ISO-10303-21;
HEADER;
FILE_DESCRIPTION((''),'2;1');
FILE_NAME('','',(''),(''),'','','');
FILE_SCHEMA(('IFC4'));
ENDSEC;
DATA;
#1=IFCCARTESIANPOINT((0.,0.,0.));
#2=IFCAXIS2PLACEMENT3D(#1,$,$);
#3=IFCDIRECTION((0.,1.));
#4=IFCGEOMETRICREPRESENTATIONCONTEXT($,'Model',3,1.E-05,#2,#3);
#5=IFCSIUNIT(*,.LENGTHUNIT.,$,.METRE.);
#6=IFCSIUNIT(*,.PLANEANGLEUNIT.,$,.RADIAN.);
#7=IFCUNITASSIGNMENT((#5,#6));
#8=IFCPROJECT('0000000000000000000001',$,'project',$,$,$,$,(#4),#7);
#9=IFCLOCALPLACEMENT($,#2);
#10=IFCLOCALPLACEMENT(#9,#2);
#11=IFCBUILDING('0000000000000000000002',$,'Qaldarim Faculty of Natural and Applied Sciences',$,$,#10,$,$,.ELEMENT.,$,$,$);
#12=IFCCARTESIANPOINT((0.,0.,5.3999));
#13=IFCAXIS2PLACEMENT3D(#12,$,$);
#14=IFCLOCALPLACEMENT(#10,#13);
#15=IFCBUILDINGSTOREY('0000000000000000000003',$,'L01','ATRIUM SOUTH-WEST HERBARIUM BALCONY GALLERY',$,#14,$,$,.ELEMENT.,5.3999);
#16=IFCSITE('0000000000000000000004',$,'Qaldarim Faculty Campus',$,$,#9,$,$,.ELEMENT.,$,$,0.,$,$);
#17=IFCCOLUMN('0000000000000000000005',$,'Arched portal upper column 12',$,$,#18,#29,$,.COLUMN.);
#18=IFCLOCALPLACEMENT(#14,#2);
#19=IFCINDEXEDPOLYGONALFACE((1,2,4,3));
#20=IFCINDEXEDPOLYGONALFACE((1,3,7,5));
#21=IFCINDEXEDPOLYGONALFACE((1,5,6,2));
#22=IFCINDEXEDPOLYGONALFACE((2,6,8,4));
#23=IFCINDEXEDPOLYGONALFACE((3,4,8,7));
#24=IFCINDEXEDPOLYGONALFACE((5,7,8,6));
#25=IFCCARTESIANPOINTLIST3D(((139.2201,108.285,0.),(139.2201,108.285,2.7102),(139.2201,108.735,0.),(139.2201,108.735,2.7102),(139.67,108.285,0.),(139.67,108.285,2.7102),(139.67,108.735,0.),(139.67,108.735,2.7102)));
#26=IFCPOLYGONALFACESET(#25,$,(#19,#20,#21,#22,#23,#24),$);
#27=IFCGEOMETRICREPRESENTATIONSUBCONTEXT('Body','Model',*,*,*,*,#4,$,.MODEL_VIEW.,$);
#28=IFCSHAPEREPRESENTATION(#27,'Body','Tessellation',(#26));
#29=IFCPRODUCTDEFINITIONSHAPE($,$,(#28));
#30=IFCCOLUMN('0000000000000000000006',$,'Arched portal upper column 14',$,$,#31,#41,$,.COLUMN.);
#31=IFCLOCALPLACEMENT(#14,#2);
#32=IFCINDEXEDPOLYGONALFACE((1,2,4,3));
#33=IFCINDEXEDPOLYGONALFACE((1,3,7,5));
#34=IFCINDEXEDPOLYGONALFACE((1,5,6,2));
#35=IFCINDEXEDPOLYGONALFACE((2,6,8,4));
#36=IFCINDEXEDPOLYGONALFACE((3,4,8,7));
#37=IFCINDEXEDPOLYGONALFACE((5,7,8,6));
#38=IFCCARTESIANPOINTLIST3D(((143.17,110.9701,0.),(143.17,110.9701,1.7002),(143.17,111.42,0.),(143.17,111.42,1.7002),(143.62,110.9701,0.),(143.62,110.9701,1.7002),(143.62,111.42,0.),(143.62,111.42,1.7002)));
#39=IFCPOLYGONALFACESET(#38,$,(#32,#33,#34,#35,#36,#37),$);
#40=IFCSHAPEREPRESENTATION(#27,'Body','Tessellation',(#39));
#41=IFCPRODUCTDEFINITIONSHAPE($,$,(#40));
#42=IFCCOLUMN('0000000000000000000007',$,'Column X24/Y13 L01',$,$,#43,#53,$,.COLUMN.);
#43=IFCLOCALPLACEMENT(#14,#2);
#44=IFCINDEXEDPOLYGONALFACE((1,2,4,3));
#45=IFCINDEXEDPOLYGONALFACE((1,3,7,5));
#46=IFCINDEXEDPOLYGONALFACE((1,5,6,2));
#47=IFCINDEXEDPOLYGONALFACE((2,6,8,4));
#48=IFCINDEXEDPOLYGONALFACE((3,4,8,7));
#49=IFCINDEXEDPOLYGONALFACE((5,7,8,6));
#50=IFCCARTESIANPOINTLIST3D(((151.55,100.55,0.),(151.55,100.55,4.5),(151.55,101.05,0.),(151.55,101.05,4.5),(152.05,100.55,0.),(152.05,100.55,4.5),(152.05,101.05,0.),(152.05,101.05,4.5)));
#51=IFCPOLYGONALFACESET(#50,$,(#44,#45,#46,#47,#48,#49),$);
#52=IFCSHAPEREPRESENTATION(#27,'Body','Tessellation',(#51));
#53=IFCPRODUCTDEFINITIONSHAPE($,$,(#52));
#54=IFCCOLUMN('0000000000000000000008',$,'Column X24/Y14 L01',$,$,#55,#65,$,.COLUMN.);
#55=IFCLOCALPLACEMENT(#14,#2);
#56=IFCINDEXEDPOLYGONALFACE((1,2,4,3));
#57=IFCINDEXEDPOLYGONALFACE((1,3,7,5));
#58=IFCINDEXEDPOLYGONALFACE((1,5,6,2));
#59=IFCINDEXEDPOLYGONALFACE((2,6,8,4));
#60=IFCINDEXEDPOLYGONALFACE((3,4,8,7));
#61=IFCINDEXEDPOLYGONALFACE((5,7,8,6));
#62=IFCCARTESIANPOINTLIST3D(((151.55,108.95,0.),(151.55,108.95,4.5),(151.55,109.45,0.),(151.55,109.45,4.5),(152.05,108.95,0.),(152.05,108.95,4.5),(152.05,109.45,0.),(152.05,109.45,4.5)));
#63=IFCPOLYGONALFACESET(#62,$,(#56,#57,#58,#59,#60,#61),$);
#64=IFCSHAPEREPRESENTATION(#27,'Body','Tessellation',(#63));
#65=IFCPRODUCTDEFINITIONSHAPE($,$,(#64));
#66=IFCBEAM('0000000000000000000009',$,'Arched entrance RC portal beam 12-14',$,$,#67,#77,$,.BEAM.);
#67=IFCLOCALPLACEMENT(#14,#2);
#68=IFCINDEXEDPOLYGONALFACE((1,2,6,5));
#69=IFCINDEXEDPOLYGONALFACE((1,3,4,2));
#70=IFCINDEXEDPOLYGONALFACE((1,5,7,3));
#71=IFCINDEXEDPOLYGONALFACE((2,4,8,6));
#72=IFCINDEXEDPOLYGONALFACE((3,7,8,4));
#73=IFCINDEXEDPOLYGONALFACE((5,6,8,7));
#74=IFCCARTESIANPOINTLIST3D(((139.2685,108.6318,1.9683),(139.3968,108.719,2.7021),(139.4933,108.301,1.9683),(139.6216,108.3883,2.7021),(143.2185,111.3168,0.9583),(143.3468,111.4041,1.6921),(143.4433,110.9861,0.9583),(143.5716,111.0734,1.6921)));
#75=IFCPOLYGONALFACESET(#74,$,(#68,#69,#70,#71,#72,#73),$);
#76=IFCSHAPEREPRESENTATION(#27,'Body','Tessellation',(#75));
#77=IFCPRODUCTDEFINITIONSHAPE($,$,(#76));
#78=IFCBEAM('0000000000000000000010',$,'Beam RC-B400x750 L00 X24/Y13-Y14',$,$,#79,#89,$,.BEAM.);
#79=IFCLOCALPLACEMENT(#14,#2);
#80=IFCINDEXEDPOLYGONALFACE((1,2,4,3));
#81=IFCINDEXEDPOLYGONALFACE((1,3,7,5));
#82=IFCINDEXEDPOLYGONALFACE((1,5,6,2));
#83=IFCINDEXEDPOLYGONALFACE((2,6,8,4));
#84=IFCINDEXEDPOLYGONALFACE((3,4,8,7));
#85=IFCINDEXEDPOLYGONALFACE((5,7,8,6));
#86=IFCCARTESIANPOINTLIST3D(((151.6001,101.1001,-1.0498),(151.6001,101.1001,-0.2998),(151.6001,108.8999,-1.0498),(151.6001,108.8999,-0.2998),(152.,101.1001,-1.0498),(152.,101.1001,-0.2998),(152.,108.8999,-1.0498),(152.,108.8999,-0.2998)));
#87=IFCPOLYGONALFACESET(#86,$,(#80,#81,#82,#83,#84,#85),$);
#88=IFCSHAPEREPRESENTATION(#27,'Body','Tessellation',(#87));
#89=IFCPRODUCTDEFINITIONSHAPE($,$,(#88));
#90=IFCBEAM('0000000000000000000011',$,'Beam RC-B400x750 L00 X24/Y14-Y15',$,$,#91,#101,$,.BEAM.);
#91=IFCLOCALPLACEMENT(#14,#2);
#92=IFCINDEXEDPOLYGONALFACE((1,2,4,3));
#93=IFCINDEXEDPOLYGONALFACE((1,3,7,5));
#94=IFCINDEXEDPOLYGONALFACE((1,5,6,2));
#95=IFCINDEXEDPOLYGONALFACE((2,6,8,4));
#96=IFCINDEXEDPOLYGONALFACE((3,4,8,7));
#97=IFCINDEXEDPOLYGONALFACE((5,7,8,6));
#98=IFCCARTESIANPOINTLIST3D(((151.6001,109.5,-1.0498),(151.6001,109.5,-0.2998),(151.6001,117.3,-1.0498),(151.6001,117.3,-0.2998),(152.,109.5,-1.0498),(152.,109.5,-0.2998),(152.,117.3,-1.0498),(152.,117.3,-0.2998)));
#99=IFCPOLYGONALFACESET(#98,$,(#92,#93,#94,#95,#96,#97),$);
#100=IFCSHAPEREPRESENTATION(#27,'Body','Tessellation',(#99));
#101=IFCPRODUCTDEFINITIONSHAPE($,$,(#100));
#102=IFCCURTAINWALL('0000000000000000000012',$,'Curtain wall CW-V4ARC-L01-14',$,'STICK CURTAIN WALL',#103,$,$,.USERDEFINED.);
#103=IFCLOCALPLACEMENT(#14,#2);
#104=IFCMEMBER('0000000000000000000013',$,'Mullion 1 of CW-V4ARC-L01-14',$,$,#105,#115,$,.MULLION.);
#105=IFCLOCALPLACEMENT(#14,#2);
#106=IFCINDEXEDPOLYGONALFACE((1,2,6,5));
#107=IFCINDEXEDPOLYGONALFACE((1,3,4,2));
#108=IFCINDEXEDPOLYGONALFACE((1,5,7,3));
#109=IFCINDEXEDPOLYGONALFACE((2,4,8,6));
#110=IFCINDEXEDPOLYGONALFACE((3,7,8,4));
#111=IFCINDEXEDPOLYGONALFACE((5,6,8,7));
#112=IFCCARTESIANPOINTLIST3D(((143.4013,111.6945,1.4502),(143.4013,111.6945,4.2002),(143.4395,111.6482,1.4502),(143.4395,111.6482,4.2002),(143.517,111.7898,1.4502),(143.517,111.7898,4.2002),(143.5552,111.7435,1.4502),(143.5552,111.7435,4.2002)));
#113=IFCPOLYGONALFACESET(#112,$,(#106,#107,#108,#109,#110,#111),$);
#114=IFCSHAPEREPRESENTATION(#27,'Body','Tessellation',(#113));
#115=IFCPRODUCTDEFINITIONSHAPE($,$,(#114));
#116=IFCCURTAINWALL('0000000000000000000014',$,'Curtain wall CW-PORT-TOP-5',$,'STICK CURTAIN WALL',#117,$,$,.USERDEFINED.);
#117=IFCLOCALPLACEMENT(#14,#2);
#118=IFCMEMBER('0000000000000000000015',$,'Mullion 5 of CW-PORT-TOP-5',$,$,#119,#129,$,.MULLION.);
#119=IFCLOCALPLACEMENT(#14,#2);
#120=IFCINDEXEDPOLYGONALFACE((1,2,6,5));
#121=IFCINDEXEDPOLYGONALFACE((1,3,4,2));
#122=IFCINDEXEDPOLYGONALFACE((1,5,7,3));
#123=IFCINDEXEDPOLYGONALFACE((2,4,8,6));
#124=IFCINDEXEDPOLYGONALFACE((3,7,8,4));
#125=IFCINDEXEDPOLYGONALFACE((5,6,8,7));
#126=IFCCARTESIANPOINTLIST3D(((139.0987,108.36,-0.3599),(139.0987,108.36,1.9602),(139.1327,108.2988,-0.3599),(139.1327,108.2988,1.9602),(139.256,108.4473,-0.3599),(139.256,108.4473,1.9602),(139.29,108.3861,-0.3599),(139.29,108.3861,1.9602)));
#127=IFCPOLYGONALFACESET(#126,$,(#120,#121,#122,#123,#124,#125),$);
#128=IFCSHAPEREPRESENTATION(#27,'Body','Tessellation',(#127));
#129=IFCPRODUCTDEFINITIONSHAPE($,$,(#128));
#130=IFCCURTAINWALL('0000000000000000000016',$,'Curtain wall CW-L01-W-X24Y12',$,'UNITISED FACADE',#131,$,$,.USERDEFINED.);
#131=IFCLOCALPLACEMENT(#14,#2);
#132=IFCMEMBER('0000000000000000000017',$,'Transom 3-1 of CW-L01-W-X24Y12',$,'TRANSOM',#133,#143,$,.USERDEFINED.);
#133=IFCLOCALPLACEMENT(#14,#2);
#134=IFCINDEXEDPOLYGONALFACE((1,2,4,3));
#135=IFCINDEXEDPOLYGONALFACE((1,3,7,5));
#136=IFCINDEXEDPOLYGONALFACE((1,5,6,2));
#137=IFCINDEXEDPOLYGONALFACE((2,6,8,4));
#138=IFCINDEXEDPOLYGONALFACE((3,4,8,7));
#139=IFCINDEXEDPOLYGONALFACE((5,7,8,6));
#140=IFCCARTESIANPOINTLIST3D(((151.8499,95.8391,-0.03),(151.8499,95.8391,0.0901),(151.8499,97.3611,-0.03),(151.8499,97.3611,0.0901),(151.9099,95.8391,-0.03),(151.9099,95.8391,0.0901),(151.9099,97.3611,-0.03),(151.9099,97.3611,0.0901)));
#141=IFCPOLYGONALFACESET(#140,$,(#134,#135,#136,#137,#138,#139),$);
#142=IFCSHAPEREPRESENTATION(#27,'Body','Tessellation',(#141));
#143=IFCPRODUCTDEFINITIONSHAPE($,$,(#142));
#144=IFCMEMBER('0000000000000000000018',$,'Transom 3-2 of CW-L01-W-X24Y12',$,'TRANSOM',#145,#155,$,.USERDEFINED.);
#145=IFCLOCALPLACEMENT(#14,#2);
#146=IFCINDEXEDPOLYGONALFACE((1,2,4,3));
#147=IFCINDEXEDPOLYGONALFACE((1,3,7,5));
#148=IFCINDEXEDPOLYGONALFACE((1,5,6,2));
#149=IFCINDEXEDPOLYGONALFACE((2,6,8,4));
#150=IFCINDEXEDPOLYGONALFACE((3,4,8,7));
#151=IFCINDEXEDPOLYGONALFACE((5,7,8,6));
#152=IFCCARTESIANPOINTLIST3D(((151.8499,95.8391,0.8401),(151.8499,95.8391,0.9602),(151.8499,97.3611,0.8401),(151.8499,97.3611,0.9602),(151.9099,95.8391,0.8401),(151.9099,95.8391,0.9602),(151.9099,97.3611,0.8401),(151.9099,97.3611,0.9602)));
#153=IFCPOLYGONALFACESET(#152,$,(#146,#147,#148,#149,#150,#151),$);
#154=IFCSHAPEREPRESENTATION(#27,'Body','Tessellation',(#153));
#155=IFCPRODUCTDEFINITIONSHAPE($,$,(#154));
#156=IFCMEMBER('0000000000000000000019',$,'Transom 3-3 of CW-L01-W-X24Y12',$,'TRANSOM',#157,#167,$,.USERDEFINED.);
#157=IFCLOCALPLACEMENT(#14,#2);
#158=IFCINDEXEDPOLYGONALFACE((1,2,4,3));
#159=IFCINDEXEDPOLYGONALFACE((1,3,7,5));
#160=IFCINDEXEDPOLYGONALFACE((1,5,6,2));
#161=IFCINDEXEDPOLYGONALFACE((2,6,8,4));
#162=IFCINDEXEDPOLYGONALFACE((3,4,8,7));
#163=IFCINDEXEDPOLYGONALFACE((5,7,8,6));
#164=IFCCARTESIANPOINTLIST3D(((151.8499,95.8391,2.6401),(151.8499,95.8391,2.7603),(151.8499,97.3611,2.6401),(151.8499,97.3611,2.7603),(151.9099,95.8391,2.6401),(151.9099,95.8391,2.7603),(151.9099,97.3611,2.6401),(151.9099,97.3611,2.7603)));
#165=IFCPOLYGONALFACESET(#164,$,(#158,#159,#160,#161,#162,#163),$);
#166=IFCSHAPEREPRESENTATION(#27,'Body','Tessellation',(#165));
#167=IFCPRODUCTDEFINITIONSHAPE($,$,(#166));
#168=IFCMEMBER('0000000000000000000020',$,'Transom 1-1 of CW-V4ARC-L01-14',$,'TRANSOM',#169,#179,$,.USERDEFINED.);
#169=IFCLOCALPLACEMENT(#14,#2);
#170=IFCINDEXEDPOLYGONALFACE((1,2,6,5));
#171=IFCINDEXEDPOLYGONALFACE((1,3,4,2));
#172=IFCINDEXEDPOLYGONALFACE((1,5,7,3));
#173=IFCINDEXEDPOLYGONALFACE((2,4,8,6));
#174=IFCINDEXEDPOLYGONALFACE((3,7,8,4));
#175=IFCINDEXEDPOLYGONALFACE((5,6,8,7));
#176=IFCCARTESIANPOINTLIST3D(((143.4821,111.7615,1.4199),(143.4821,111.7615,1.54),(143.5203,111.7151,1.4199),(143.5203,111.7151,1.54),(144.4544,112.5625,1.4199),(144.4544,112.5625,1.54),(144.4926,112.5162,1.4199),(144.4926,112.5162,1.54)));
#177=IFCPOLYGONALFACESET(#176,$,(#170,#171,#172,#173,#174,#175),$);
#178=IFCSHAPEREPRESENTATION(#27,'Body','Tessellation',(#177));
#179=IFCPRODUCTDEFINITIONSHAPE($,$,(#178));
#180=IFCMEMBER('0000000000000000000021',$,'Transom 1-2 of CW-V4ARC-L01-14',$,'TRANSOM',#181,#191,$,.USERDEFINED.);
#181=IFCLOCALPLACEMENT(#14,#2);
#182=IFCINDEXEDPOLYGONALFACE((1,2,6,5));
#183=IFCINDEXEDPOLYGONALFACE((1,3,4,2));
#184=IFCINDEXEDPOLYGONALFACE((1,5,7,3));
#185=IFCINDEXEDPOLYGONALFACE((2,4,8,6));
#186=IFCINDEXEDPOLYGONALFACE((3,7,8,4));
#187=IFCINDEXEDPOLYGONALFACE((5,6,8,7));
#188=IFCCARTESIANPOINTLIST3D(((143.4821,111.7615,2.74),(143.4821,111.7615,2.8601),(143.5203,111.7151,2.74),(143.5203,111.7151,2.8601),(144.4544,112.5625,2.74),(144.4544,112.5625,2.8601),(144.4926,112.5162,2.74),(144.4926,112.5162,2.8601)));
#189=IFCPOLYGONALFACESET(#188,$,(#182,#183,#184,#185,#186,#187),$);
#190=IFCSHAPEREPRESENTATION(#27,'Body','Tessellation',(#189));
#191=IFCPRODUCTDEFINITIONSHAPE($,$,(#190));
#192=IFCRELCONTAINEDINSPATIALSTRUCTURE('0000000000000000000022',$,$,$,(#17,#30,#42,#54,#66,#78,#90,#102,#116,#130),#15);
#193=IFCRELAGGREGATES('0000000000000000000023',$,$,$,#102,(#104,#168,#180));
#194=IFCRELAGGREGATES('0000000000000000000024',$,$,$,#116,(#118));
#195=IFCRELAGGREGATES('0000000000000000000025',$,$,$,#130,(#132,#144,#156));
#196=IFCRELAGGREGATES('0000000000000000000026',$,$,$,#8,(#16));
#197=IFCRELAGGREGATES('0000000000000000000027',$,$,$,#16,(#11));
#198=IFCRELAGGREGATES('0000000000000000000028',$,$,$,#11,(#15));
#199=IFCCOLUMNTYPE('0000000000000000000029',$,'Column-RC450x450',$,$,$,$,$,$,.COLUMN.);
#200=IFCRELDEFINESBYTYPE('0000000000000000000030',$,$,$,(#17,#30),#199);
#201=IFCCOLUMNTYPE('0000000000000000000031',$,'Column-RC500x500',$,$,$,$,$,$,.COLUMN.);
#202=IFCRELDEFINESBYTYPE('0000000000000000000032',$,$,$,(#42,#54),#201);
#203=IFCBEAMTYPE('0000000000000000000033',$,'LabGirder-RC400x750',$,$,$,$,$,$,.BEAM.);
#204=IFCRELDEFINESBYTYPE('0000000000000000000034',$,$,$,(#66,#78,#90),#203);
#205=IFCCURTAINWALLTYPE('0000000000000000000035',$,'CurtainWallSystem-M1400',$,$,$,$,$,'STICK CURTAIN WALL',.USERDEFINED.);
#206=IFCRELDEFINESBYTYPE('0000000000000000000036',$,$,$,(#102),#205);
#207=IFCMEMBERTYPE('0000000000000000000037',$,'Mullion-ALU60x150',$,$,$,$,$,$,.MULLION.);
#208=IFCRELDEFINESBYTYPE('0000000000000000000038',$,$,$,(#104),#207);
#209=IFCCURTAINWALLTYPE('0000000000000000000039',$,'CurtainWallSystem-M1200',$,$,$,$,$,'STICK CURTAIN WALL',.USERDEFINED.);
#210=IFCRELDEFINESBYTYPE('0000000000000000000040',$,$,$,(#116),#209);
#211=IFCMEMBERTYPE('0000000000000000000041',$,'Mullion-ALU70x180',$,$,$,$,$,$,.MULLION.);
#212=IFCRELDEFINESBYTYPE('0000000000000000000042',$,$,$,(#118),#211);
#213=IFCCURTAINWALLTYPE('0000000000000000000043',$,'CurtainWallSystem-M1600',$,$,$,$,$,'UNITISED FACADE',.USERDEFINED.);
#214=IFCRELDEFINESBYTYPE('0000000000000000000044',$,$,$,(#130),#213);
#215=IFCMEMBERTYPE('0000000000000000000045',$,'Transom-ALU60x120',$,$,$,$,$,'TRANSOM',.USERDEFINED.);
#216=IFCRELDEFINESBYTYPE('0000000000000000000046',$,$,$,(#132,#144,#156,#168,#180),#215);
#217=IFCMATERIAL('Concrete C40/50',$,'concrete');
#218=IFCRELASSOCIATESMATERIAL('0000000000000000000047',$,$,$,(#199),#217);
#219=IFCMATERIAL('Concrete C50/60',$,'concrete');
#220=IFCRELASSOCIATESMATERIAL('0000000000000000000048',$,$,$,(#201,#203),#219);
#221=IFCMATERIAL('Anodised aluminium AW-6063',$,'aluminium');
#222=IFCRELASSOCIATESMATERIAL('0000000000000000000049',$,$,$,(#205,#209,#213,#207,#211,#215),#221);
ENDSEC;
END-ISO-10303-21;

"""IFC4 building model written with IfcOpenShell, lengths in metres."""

from ifc_helpers import new_model, si_unit, direction, frame, origin, origin_2d, place, context, subcontext, project, spatial, rectangle, extrude, material, material_profile, profile_set, type_object, element, aggregate, save


model = new_model("IFC4")

# Units and contexts
model_context = context("Model", 3, precision=1e-05, world=origin(), true_north=direction((0.0, 1.0)))
body_context = subcontext(model_context, "Body", "Model", "MODEL_VIEW")
ifc_project = project(units=[si_unit("LENGTHUNIT", "METRE"), si_unit("PLANEANGLEUNIT", "RADIAN")], contexts=[model_context])

# Site, building, storey
site_placement = place(None, origin())
site = spatial("IfcSite", under=ifc_project, at=site_placement, Name="Qaldarim Faculty Campus", CompositionType="ELEMENT", RefElevation=0.0)
building_placement = place(site_placement, origin())
building = spatial("IfcBuilding", under=site, at=building_placement, Name="Qaldarim Faculty of Natural and Applied Sciences", CompositionType="ELEMENT")
storey_placement = place(building_placement, frame((0.0, 0.0, 5.3999)))
storey = spatial("IfcBuildingStorey", under=building, at=storey_placement, Name="L01", Description="ATRIUM SOUTH-WEST HERBARIUM BALCONY GALLERY", CompositionType="ELEMENT", Elevation=5.3999)

# Columns
ifc_material_1 = material(Name="Concrete C40/50", Category="concrete")
ifc_material_profile_1 = material_profile(ifc_material_1, rectangle(XDim=0.45, YDim=0.45, at=origin_2d()), Name="RC-C450x450")
ifc_profile_set_1 = profile_set([ifc_material_profile_1], Name="Concrete C40/50")
column_type_1 = type_object("IfcColumnType", Name="Column-RC450x450", PredefinedType="COLUMN", material=ifc_profile_set_1)
column_1_placement = place(storey_placement, frame((139.4451, 108.51, 0.0), z_axis=(0.0, 0.0, 1.0), x_axis=(1.0, 0.0, 0.0)))
element("IfcColumn", 1, at=column_1_placement, inside=storey, type_object=column_type_1, Name="Arched portal upper column 12", PredefinedType="COLUMN", context=body_context, shape_type="SweptSolid", body=[
    extrude(rectangle(XDim=0.45, YDim=0.45, at=origin_2d()), origin(), (0.0, 0.0, 1.0), 2.7102),
])
column_2_placement = place(storey_placement, frame((143.395, 111.1951, 0.0), z_axis=(0.0, 0.0, 1.0), x_axis=(1.0, 0.0, 0.0)))
element("IfcColumn", 2, at=column_2_placement, inside=storey, type_object=column_type_1, Name="Arched portal upper column 14", PredefinedType="COLUMN", context=body_context, shape_type="SweptSolid", body=[
    extrude(rectangle(XDim=0.45, YDim=0.45, at=origin_2d()), origin(), (0.0, 0.0, 1.0), 1.7002),
])
ifc_material_2 = material(Name="Concrete C50/60", Category="concrete")
ifc_material_profile_2 = material_profile(ifc_material_2, rectangle(XDim=0.5, YDim=0.5, at=origin_2d()), Name="RC-C500x500")
ifc_profile_set_2 = profile_set([ifc_material_profile_2], Name="Concrete C50/60")
column_type_2 = type_object("IfcColumnType", Name="Column-RC500x500", PredefinedType="COLUMN", material=ifc_profile_set_2)
for number, where, z_axis, x_axis, name in (
    (3, (151.8, 100.8, 0.0), (0.0, 0.0, 1.0), (1.0, 0.0, 0.0), "Column X24/Y13 L01"),
    (4, (151.8, 109.2, 0.0), (0.0, 0.0, 1.0), (1.0, 0.0, 0.0), "Column X24/Y14 L01"),
):
    element("IfcColumn", number, at=place(storey_placement, frame(where, z_axis=z_axis, x_axis=x_axis)), inside=storey, type_object=column_type_2, Name=name, PredefinedType="COLUMN", context=body_context, shape_type="SweptSolid", body=[
        extrude(rectangle(XDim=0.5, YDim=0.5, at=origin_2d()), origin(), (0.0, 0.0, 1.0), 4.5),
    ])

# Beams
ifc_material_profile_3 = material_profile(ifc_material_2, rectangle(XDim=0.3999, YDim=0.75, at=origin_2d()), Name="RC-B400x750")
ifc_profile_set_3 = profile_set([ifc_material_profile_3], Name="Concrete C50/60")
beam_type = type_object("IfcBeamType", Name="LabGirder-RC400x750", PredefinedType="BEAM", material=ifc_profile_set_3)
beam_1_placement = place(storey_placement, frame((139.4451, 108.51, 2.3352), z_axis=(0.809121, 0.550016, -0.206894), x_axis=(-0.56218, 0.827015, 0.0)))
element("IfcBeam", 5, at=beam_1_placement, inside=storey, type_object=beam_type, Name="Arched entrance RC portal beam 12-14", PredefinedType="BEAM", context=body_context, shape_type="SweptSolid", body=[
    extrude(rectangle(XDim=0.3999, YDim=0.75, at=origin_2d()), origin(), (0.0, 0.0, 1.0), 4.8818),
])
beam_2_placement = place(storey_placement, frame((151.8, 101.1001, -0.6748), z_axis=(0.0, 1.0, 0.0), x_axis=(-1.0, 0.0, 0.0)))
element("IfcBeam", 6, at=beam_2_placement, inside=storey, type_object=beam_type, Name="Beam RC-B400x750 L00 X24/Y13-Y14", PredefinedType="BEAM", context=body_context, shape_type="SweptSolid", body=[
    extrude(rectangle(XDim=0.3999, YDim=0.75, at=origin_2d()), origin(), (0.0, 0.0, 1.0), 7.7998),
])
beam_3_placement = place(storey_placement, frame((151.8, 109.5, -0.6748), z_axis=(0.0, 1.0, 0.0), x_axis=(-1.0, 0.0, 0.0)))
element("IfcBeam", 7, at=beam_3_placement, inside=storey, type_object=beam_type, Name="Beam RC-B400x750 L00 X24/Y14-Y15", PredefinedType="BEAM", context=body_context, shape_type="SweptSolid", body=[
    extrude(rectangle(XDim=0.3999, YDim=0.75, at=origin_2d()), origin(), (0.0, 0.0, 1.0), 7.8),
])

# Curtain walls, members
ifc_material_3 = material(Name="Anodised aluminium AW-6063", Category="aluminium")
curtain_wall_type_1 = type_object("IfcCurtainWallType", Name="CurtainWallSystem-M1400", ElementType="STICK CURTAIN WALL", PredefinedType="USERDEFINED", material=ifc_material_3)
curtain_wall_1_placement = place(storey_placement, origin())
curtain_wall_1 = element("IfcCurtainWall", 8, at=curtain_wall_1_placement, inside=storey, type_object=curtain_wall_type_1, Name="Curtain wall CW-V4ARC-L01-14", ObjectType="STICK CURTAIN WALL", PredefinedType="USERDEFINED")
ifc_material_profile_4 = material_profile(ifc_material_3, rectangle(XDim=0.0601, YDim=0.1499, at=origin_2d()), Name="ALU-M60x150")
ifc_profile_set_4 = profile_set([ifc_material_profile_4], Name="Anodised aluminium AW-6063")
member_type_1 = type_object("IfcMemberType", Name="Mullion-ALU60x150", PredefinedType="MULLION", material=ifc_profile_set_4)
member_1_placement = place(storey_placement, frame((143.4783, 111.719, 1.4502), z_axis=(0.0, 0.0, 1.0), x_axis=(-0.63593, 0.771747, 0.0)))
member_1 = element("IfcMember", 9, at=member_1_placement, type_object=member_type_1, Name="Mullion 1 of CW-V4ARC-L01-14", PredefinedType="MULLION", context=body_context, shape_type="SweptSolid", body=[
    extrude(rectangle(XDim=0.0601, YDim=0.1499, at=origin_2d()), origin(), (0.0, 0.0, 1.0), 2.75),
])
curtain_wall_type_2 = type_object("IfcCurtainWallType", Name="CurtainWallSystem-M1200", ElementType="STICK CURTAIN WALL", PredefinedType="USERDEFINED", material=ifc_material_3)
curtain_wall_2_placement = place(storey_placement, origin())
curtain_wall_2 = element("IfcCurtainWall", 10, at=curtain_wall_2_placement, inside=storey, type_object=curtain_wall_type_2, Name="Curtain wall CW-PORT-TOP-5", ObjectType="STICK CURTAIN WALL", PredefinedType="USERDEFINED")
ifc_material_profile_5 = material_profile(ifc_material_3, rectangle(XDim=0.0701, YDim=0.1799, at=origin_2d()), Name="ALU-M70x180")
ifc_profile_set_5 = profile_set([ifc_material_profile_5], Name="Anodised aluminium AW-6063")
member_type_2 = type_object("IfcMemberType", Name="Mullion-ALU70x180", PredefinedType="MULLION", material=ifc_profile_set_5)
member_2_placement = place(storey_placement, frame((139.1943, 108.373, -0.3599), z_axis=(0.0, 0.0, 1.0), x_axis=(-0.485145, 0.874433, 0.0)))
member_2 = element("IfcMember", 11, at=member_2_placement, type_object=member_type_2, Name="Mullion 5 of CW-PORT-TOP-5", PredefinedType="MULLION", context=body_context, shape_type="SweptSolid", body=[
    extrude(rectangle(XDim=0.0701, YDim=0.1799, at=origin_2d()), origin(), (0.0, 0.0, 1.0), 2.3201),
])

# Curtain wall, members
curtain_wall_type_3 = type_object("IfcCurtainWallType", Name="CurtainWallSystem-M1600", ElementType="UNITISED FACADE", PredefinedType="USERDEFINED", material=ifc_material_3)
curtain_wall_3_placement = place(storey_placement, origin())
curtain_wall_3 = element("IfcCurtainWall", 12, at=curtain_wall_3_placement, inside=storey, type_object=curtain_wall_type_3, Name="Curtain wall CW-L01-W-X24Y12", ObjectType="UNITISED FACADE", PredefinedType="USERDEFINED")
ifc_material_profile_6 = material_profile(ifc_material_3, rectangle(XDim=0.0601, YDim=0.1201, at=origin_2d()), Name="ALU-T60x120")
ifc_profile_set_6 = profile_set([ifc_material_profile_6], Name="Anodised aluminium AW-6063")
member_type_3 = type_object("IfcMemberType", Name="Transom-ALU60x120", ElementType="TRANSOM", PredefinedType="USERDEFINED", material=ifc_profile_set_6)
member_3_placement = place(storey_placement, frame((151.8799, 97.3611, 0.03), z_axis=(0.0, -1.0, 0.0), x_axis=(1.0, 0.0, 0.0)))
member_3 = element("IfcMember", 13, at=member_3_placement, type_object=member_type_3, Name="Transom 3-1 of CW-L01-W-X24Y12", ObjectType="TRANSOM", PredefinedType="USERDEFINED", context=body_context, shape_type="SweptSolid", body=[
    extrude(rectangle(XDim=0.0601, YDim=0.1201, at=origin_2d()), origin(), (0.0, 0.0, 1.0), 1.522),
])
member_4_placement = place(storey_placement, frame((151.8799, 97.3611, 0.9001), z_axis=(0.0, -1.0, 0.0), x_axis=(1.0, 0.0, 0.0)))
member_4 = element("IfcMember", 14, at=member_4_placement, type_object=member_type_3, Name="Transom 3-2 of CW-L01-W-X24Y12", ObjectType="TRANSOM", PredefinedType="USERDEFINED", context=body_context, shape_type="SweptSolid", body=[
    extrude(rectangle(XDim=0.0601, YDim=0.1201, at=origin_2d()), origin(), (0.0, 0.0, 1.0), 1.522),
])
member_5_placement = place(storey_placement, frame((151.8799, 97.3611, 2.7002), z_axis=(0.0, -1.0, 0.0), x_axis=(1.0, 0.0, 0.0)))
member_5 = element("IfcMember", 15, at=member_5_placement, type_object=member_type_3, Name="Transom 3-3 of CW-L01-W-X24Y12", ObjectType="TRANSOM", PredefinedType="USERDEFINED", context=body_context, shape_type="SweptSolid", body=[
    extrude(rectangle(XDim=0.0601, YDim=0.1201, at=origin_2d()), origin(), (0.0, 0.0, 1.0), 1.522),
])

# Members
member_6_placement = place(storey_placement, frame((143.5012, 111.7383, 1.48), z_axis=(0.771768, 0.635904, 0.0), x_axis=(-0.635904, 0.771768, 0.0)))
member_6 = element("IfcMember", 16, at=member_6_placement, type_object=member_type_3, Name="Transom 1-1 of CW-V4ARC-L01-14", ObjectType="TRANSOM", PredefinedType="USERDEFINED", context=body_context, shape_type="SweptSolid", body=[
    extrude(rectangle(XDim=0.0601, YDim=0.1201, at=origin_2d()), origin(), (0.0, 0.0, 1.0), 1.2598),
])
member_7_placement = place(storey_placement, frame((143.5012, 111.7383, 2.8), z_axis=(0.771768, 0.635904, 0.0), x_axis=(-0.635904, 0.771768, 0.0)))
member_7 = element("IfcMember", 17, at=member_7_placement, type_object=member_type_3, Name="Transom 1-2 of CW-V4ARC-L01-14", ObjectType="TRANSOM", PredefinedType="USERDEFINED", context=body_context, shape_type="SweptSolid", body=[
    extrude(rectangle(XDim=0.0601, YDim=0.1201, at=origin_2d()), origin(), (0.0, 0.0, 1.0), 1.2598),
])
aggregate(curtain_wall_1, [member_1, member_6, member_7])

aggregate(curtain_wall_2, [member_2])
aggregate(curtain_wall_3, [member_3, member_4, member_5])

save(model, "model.ifc")
